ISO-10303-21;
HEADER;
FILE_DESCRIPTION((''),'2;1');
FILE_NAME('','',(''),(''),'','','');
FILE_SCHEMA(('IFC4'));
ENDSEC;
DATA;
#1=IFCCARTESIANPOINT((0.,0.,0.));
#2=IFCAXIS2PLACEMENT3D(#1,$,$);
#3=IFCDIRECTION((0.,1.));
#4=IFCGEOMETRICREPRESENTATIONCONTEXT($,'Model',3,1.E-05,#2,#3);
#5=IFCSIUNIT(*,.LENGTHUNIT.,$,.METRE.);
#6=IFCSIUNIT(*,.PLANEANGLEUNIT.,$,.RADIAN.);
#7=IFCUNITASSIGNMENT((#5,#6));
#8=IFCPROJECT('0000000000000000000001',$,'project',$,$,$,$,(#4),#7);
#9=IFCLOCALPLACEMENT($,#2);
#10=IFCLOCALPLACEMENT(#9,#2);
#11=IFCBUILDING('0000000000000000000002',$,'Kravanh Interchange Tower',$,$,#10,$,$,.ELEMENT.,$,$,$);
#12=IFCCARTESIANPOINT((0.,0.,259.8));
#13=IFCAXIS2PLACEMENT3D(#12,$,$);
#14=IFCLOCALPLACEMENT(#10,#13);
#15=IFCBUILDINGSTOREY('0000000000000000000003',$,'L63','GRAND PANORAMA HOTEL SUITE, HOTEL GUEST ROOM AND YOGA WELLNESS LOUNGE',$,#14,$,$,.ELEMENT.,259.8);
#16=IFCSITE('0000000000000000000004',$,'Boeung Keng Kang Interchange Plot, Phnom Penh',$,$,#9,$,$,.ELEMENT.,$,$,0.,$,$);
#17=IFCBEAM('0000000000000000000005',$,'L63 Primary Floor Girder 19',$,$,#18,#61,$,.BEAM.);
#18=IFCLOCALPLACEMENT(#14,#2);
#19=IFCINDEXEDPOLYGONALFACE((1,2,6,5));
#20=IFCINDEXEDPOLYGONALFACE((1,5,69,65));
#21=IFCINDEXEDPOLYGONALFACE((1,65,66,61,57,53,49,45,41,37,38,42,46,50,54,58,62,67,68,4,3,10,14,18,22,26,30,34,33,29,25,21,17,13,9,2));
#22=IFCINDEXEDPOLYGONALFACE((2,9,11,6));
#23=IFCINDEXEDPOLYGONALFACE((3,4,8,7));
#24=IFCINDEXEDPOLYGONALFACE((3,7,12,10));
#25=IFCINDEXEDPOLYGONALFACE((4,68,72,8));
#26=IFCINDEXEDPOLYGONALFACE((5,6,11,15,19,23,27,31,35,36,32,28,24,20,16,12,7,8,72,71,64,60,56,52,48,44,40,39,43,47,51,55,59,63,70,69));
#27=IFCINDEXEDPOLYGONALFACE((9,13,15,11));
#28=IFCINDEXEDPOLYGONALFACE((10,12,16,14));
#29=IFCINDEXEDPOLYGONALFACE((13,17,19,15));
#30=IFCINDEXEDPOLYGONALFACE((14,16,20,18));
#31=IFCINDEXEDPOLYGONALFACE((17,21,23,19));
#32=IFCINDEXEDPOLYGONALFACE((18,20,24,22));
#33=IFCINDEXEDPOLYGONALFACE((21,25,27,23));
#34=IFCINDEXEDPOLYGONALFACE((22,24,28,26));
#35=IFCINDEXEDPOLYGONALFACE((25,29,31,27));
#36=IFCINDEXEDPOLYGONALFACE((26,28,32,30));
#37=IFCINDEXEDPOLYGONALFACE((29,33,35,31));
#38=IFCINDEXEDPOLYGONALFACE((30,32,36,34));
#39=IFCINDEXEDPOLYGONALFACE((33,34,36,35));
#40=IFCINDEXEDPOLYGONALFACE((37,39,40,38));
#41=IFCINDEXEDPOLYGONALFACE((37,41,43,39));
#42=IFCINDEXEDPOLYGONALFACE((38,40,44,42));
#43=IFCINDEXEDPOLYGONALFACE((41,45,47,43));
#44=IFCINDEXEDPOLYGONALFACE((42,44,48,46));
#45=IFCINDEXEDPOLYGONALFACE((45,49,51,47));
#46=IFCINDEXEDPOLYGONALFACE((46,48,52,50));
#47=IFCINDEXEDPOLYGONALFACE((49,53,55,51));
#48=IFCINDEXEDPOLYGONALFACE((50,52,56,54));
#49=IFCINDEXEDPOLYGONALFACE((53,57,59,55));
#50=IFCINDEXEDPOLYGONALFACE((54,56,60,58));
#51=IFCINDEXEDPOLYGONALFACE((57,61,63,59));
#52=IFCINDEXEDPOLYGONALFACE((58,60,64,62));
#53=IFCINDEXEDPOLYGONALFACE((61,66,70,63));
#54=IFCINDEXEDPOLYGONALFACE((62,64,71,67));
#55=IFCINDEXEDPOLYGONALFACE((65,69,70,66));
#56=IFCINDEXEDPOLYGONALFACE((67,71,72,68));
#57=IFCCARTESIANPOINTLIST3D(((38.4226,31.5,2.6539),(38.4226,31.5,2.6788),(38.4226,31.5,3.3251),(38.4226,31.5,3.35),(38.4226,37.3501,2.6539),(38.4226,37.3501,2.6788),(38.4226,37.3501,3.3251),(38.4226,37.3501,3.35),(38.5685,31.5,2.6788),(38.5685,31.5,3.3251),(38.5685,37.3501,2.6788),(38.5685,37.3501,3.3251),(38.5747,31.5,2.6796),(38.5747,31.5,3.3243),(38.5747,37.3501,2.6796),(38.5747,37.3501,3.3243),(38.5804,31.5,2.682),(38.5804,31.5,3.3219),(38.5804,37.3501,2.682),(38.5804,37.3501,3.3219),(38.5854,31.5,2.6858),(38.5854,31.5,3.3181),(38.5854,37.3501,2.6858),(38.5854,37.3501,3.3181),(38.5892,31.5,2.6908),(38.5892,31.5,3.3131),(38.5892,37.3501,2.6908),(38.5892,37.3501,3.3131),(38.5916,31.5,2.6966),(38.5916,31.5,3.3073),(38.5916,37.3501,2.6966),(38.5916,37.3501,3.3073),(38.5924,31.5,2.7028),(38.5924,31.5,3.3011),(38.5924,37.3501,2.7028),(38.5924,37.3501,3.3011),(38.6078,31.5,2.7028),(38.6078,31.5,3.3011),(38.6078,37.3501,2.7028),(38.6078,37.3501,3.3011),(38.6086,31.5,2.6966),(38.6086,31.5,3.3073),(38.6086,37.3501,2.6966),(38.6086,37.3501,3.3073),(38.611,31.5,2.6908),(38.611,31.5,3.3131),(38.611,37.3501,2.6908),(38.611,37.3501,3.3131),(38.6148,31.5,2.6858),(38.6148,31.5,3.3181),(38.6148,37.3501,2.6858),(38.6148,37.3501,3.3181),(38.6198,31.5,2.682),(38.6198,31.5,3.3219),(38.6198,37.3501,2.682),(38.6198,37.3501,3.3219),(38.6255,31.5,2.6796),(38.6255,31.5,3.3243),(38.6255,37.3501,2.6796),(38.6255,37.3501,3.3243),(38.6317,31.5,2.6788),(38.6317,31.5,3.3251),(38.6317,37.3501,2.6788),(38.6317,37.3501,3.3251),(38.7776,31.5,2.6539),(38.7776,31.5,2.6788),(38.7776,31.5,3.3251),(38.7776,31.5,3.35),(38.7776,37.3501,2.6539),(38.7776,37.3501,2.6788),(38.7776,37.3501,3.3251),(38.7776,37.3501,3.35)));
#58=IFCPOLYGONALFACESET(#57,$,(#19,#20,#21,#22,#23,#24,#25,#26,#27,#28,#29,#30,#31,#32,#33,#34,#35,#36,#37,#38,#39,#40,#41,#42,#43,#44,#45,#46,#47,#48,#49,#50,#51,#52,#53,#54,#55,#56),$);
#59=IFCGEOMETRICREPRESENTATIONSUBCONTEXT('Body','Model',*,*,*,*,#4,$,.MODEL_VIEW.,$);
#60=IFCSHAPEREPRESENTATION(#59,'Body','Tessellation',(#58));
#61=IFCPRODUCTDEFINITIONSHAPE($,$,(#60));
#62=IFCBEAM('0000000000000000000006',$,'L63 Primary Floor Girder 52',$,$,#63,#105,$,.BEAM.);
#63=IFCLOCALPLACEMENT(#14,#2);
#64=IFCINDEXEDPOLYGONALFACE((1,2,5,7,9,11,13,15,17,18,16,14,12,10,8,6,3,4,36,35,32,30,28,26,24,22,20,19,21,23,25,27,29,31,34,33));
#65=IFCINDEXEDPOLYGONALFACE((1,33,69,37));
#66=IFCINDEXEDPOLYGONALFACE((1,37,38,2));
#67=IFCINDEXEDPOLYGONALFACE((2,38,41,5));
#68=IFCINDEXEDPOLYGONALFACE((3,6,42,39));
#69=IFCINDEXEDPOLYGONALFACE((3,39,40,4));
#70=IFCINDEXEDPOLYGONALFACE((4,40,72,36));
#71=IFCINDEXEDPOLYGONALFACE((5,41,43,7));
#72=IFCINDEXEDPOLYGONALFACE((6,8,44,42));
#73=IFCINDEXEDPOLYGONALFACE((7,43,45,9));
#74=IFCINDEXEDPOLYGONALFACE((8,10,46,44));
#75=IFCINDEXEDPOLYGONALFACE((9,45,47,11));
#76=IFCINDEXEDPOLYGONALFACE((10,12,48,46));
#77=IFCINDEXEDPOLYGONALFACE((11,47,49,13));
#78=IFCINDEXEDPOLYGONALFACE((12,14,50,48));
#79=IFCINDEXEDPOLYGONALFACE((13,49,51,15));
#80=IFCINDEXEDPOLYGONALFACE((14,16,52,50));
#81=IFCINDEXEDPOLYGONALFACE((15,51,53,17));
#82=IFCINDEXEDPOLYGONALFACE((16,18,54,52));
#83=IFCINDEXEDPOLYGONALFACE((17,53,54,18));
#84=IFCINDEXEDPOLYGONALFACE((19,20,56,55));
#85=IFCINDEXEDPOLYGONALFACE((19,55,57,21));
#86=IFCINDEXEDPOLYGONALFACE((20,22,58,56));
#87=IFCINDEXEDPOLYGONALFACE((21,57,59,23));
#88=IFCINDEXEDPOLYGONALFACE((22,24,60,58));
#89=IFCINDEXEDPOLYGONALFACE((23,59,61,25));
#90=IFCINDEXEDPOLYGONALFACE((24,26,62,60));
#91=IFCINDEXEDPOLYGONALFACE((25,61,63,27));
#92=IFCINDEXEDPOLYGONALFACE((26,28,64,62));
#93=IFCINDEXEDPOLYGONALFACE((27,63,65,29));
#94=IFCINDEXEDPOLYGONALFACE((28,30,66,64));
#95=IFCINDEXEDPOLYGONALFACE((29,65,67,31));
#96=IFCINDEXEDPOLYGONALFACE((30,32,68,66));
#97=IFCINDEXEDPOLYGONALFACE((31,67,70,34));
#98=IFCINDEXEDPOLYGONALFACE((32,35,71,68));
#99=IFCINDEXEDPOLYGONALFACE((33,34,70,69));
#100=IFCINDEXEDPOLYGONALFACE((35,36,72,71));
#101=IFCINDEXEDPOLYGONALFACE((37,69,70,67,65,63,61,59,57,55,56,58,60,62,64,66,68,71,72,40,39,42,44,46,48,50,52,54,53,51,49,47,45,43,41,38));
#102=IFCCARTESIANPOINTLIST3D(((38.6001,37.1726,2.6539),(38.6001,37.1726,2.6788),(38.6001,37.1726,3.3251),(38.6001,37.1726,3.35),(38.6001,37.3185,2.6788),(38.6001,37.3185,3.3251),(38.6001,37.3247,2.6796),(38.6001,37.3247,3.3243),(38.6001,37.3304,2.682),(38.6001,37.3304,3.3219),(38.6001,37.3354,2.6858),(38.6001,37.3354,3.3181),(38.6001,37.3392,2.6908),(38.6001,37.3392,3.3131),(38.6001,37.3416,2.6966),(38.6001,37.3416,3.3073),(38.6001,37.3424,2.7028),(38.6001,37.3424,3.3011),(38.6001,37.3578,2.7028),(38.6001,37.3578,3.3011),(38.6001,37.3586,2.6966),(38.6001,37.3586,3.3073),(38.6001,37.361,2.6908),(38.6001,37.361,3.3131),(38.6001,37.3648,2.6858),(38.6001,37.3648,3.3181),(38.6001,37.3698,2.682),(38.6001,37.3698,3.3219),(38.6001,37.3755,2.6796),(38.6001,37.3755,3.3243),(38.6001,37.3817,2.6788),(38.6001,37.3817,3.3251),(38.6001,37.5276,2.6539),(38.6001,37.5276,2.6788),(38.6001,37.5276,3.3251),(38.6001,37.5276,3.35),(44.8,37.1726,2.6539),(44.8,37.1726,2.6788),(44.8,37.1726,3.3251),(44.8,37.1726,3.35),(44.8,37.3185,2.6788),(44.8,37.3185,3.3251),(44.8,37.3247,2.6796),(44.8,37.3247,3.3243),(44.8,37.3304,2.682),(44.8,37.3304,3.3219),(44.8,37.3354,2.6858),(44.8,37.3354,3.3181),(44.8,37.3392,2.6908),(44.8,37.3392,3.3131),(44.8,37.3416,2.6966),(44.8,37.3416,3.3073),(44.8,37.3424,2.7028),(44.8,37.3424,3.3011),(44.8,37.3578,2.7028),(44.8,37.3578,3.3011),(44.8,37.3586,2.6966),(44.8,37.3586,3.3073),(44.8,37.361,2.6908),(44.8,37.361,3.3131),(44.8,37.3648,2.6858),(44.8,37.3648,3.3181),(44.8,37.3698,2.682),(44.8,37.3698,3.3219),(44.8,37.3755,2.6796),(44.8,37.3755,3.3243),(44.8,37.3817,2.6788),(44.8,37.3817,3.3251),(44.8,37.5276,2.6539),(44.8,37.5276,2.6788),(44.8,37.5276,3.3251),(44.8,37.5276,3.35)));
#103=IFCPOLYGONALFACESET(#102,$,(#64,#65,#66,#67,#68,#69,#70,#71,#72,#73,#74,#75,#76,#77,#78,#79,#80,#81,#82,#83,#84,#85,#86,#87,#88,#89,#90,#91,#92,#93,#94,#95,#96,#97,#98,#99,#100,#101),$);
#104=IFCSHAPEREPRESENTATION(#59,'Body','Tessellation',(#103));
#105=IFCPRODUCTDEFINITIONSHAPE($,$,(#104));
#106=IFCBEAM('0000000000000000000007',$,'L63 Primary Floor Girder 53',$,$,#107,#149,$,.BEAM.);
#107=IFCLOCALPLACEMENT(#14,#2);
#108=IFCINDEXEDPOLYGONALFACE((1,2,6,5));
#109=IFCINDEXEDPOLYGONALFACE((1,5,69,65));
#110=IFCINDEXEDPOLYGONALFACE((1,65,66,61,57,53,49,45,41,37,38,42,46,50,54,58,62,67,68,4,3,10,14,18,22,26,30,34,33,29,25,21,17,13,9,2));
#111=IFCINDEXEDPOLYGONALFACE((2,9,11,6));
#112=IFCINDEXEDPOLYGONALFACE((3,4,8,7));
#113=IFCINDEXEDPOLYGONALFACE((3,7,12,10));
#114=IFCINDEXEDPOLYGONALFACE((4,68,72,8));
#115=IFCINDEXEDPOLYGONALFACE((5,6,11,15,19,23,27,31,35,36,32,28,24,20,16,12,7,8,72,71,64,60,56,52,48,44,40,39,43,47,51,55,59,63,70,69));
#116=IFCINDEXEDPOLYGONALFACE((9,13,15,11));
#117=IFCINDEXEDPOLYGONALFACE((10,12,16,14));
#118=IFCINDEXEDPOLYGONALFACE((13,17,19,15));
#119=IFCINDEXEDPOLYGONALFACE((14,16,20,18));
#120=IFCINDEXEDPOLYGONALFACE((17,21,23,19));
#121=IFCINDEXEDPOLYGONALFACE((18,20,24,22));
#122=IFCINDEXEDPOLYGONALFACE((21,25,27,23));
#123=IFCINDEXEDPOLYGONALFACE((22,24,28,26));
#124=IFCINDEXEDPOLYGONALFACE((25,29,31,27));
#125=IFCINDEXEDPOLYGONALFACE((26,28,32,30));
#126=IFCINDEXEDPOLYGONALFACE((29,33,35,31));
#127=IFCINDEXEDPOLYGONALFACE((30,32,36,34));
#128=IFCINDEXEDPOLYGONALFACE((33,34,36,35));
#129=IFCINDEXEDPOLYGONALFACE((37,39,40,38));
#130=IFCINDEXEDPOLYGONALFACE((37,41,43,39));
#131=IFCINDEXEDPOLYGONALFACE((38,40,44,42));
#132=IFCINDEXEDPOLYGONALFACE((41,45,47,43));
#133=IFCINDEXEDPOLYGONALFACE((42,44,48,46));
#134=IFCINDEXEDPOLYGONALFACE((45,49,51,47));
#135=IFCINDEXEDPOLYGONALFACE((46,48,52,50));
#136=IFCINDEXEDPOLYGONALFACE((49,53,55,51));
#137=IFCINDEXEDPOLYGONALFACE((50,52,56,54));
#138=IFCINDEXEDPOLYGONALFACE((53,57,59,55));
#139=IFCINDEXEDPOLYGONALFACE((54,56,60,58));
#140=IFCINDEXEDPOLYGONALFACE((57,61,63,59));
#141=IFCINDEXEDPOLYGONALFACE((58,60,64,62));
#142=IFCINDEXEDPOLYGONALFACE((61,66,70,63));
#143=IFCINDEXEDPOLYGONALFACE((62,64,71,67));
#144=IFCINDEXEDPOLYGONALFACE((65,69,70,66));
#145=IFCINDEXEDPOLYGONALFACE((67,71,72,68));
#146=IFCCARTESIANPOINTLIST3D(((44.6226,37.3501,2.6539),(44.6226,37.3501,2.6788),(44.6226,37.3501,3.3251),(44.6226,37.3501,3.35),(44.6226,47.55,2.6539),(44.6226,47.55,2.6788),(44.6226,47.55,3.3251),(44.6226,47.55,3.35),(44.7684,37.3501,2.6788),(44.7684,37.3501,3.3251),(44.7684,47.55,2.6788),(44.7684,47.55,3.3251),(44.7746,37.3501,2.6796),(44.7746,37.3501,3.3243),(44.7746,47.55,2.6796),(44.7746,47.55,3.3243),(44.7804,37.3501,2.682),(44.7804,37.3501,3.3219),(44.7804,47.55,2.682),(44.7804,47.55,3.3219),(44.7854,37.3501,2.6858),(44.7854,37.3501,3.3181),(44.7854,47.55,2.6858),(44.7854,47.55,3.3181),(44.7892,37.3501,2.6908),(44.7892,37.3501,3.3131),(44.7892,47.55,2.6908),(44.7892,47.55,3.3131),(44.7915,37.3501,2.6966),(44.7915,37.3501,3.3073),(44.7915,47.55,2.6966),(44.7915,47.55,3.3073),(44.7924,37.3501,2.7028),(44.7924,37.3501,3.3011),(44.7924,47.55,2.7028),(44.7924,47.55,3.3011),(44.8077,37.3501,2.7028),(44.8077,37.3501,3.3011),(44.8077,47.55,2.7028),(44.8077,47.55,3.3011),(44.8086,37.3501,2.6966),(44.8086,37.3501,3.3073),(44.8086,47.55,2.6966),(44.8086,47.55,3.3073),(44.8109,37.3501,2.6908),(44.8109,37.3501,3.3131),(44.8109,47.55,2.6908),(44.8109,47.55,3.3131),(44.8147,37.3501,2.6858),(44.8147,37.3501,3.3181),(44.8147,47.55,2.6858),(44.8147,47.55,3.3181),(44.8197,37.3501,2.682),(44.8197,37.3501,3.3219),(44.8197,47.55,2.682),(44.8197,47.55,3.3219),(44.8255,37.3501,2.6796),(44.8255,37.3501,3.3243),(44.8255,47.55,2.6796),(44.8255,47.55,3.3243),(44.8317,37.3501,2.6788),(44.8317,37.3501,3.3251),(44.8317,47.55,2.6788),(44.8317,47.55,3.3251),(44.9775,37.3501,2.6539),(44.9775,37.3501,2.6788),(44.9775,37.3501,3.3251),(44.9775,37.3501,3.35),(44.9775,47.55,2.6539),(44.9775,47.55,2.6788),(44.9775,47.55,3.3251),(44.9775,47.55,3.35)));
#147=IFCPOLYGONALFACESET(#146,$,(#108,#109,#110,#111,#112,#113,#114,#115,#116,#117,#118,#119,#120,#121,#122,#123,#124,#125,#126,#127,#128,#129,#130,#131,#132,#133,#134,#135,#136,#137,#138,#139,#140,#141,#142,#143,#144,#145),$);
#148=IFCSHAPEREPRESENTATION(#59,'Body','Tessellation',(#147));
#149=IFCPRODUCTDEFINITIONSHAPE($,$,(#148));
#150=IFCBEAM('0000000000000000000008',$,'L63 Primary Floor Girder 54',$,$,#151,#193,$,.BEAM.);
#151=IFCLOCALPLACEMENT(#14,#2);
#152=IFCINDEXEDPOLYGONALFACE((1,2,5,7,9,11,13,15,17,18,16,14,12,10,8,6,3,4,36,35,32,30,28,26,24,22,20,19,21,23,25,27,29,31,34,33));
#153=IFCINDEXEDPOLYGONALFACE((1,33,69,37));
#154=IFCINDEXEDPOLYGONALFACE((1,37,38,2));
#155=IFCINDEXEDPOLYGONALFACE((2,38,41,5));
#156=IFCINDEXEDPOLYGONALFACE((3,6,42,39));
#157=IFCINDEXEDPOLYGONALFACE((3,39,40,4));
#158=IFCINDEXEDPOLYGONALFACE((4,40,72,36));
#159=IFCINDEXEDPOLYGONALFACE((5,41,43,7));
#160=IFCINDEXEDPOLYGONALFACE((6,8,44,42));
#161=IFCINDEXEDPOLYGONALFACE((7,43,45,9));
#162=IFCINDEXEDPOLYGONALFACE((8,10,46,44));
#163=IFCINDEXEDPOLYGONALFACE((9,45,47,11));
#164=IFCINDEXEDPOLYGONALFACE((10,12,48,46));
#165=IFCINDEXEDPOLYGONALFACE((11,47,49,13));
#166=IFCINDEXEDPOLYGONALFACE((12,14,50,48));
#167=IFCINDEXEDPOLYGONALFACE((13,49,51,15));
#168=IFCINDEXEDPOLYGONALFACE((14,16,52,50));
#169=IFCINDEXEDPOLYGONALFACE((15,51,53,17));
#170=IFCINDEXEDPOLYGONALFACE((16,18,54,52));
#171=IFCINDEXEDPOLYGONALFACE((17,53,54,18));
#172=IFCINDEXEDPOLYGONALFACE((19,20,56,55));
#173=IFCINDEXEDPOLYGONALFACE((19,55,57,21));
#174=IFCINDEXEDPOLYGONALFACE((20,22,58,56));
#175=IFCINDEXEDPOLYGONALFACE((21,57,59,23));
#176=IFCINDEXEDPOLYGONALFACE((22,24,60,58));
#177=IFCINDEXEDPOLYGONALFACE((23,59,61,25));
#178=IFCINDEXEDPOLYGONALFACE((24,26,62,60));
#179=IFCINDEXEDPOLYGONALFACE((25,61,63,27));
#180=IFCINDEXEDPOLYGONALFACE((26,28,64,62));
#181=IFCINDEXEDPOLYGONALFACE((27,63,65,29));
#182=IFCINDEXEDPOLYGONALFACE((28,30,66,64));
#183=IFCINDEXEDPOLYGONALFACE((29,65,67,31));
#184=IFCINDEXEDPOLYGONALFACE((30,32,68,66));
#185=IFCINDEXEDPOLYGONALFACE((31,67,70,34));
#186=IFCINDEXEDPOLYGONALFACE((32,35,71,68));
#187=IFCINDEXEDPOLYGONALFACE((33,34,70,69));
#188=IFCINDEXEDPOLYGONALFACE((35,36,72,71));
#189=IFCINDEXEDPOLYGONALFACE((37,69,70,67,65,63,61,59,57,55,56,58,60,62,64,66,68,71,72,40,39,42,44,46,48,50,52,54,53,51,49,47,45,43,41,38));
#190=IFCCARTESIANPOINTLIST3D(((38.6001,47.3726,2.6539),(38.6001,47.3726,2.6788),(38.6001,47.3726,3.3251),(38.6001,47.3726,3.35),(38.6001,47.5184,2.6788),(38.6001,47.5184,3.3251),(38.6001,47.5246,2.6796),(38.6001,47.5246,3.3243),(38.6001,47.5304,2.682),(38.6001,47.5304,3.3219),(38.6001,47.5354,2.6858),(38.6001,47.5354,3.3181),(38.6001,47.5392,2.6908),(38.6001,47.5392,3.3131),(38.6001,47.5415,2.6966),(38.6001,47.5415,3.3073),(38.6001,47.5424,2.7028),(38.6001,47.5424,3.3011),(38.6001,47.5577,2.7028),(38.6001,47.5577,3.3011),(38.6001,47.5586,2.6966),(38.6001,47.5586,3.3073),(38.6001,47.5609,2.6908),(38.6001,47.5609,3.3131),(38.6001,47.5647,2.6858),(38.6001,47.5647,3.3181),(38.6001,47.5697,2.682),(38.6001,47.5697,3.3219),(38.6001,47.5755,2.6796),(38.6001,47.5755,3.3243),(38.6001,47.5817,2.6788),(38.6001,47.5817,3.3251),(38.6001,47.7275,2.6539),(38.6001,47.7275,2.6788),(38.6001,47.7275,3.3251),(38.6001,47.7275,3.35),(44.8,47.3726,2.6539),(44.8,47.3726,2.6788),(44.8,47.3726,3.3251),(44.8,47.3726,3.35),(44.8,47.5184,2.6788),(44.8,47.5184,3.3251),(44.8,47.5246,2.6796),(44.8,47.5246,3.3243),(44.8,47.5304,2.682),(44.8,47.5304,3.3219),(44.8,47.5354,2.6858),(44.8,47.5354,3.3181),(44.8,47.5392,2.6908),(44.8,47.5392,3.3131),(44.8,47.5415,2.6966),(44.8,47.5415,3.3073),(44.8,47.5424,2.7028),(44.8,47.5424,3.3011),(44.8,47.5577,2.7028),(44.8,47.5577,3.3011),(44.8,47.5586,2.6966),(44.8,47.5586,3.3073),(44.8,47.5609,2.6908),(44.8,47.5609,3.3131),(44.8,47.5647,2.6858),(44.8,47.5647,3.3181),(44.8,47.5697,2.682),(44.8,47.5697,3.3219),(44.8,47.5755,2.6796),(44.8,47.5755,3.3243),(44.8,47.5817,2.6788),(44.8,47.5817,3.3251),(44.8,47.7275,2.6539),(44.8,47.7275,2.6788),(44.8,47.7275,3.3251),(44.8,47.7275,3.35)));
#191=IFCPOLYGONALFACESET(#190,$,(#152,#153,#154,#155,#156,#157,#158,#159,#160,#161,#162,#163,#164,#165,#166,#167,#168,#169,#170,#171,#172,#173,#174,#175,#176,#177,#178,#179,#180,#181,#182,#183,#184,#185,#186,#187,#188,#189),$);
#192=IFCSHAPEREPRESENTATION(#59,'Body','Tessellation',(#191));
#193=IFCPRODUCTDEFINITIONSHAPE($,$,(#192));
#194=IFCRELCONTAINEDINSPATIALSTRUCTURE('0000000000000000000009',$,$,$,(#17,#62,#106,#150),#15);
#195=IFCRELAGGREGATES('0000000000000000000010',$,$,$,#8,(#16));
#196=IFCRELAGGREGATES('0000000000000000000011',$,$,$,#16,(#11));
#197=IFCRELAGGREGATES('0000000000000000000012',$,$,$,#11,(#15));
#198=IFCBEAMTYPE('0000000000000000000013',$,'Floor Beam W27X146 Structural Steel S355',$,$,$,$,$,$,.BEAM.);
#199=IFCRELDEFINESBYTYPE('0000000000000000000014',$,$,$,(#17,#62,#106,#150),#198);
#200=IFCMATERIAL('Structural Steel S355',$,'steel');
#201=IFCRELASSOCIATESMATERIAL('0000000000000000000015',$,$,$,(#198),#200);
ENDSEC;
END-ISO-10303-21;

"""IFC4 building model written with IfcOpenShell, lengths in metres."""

from ifc_helpers import new_model, si_unit, direction, frame, origin, origin_2d, place, context, subcontext, project, spatial, i_section, extrude, material, material_profile, profile_set, type_object, element, save


model = new_model("IFC4")

# Units and contexts
model_context = context("Model", 3, precision=1e-05, world=origin(), true_north=direction((0.0, 1.0)))
body_context = subcontext(model_context, "Body", "Model", "MODEL_VIEW")
ifc_project = project(units=[si_unit("LENGTHUNIT", "METRE"), si_unit("PLANEANGLEUNIT", "RADIAN")], contexts=[model_context])

# Site, building, storey
site_placement = place(None, origin())
site = spatial("IfcSite", under=ifc_project, at=site_placement, Name="Boeung Keng Kang Interchange Plot, Phnom Penh", CompositionType="ELEMENT", RefElevation=0.0)
building_placement = place(site_placement, origin())
building = spatial("IfcBuilding", under=site, at=building_placement, Name="Kravanh Interchange Tower", CompositionType="ELEMENT")
storey_placement = place(building_placement, frame((0.0, 0.0, 259.8)))
storey = spatial("IfcBuildingStorey", under=building, at=storey_placement, Name="L63", Description="GRAND PANORAMA HOTEL SUITE, HOTEL GUEST ROOM AND YOGA WELLNESS LOUNGE", CompositionType="ELEMENT", Elevation=259.8)

# Beams
ifc_material_1 = material(Name="Structural Steel S355", Category="steel")
ifc_material_profile_1 = material_profile(ifc_material_1, i_section(OverallWidth=0.355, OverallDepth=0.696, WebThickness=0.0154, FlangeThickness=0.0249, FilletRadius=0.0239, at=origin_2d()), Name="W27X146")
ifc_profile_set_1 = profile_set([ifc_material_profile_1], Name="Structural Steel S355")
beam_type_1 = type_object("IfcBeamType", Name="Floor Beam W27X146 Structural Steel S355", PredefinedType="BEAM", material=ifc_profile_set_1)
beam_1_placement = place(storey_placement, frame((38.6001, 31.5, 3.002), z_axis=(0.0, 1.0, 0.0), x_axis=(-1.0, 0.0, 0.0)))
element("IfcBeam", 1, at=beam_1_placement, inside=storey, type_object=beam_type_1, Name="L63 Primary Floor Girder 19", PredefinedType="BEAM", context=body_context, shape_type="SweptSolid", body=[
    extrude(i_section(OverallWidth=0.355, OverallDepth=0.696, WebThickness=0.0154, FlangeThickness=0.0249, FilletRadius=0.0239, at=origin_2d()), origin(), (0.0, 0.0, 1.0), 5.8501),
])
beam_2_placement = place(storey_placement, frame((44.8, 37.3501, 3.002), z_axis=(-1.0, 0.0, 0.0), x_axis=(0.0, -1.0, 0.0)))
element("IfcBeam", 2, at=beam_2_placement, inside=storey, type_object=beam_type_1, Name="L63 Primary Floor Girder 52", PredefinedType="BEAM", context=body_context, shape_type="SweptSolid", body=[
    extrude(i_section(OverallWidth=0.355, OverallDepth=0.696, WebThickness=0.0154, FlangeThickness=0.0249, FilletRadius=0.0239, at=origin_2d()), origin(), (0.0, 0.0, 1.0), 6.2),
])
beam_3_placement = place(storey_placement, frame((44.8, 37.3501, 3.002), z_axis=(0.0, 1.0, 0.0), x_axis=(-1.0, 0.0, 0.0)))
element("IfcBeam", 3, at=beam_3_placement, inside=storey, type_object=beam_type_1, Name="L63 Primary Floor Girder 53", PredefinedType="BEAM", context=body_context, shape_type="SweptSolid", body=[
    extrude(i_section(OverallWidth=0.355, OverallDepth=0.696, WebThickness=0.0154, FlangeThickness=0.0249, FilletRadius=0.0239, at=origin_2d()), origin(), (0.0, 0.0, 1.0), 10.2),
])
beam_4_placement = place(storey_placement, frame((44.8, 47.55, 3.002), z_axis=(-1.0, 0.0, 0.0), x_axis=(0.0, -1.0, 0.0)))
element("IfcBeam", 4, at=beam_4_placement, inside=storey, type_object=beam_type_1, Name="L63 Primary Floor Girder 54", PredefinedType="BEAM", context=body_context, shape_type="SweptSolid", body=[
    extrude(i_section(OverallWidth=0.355, OverallDepth=0.696, WebThickness=0.0154, FlangeThickness=0.0249, FilletRadius=0.0239, at=origin_2d()), origin(), (0.0, 0.0, 1.0), 6.2),
])

save(model, "model.ifc")
